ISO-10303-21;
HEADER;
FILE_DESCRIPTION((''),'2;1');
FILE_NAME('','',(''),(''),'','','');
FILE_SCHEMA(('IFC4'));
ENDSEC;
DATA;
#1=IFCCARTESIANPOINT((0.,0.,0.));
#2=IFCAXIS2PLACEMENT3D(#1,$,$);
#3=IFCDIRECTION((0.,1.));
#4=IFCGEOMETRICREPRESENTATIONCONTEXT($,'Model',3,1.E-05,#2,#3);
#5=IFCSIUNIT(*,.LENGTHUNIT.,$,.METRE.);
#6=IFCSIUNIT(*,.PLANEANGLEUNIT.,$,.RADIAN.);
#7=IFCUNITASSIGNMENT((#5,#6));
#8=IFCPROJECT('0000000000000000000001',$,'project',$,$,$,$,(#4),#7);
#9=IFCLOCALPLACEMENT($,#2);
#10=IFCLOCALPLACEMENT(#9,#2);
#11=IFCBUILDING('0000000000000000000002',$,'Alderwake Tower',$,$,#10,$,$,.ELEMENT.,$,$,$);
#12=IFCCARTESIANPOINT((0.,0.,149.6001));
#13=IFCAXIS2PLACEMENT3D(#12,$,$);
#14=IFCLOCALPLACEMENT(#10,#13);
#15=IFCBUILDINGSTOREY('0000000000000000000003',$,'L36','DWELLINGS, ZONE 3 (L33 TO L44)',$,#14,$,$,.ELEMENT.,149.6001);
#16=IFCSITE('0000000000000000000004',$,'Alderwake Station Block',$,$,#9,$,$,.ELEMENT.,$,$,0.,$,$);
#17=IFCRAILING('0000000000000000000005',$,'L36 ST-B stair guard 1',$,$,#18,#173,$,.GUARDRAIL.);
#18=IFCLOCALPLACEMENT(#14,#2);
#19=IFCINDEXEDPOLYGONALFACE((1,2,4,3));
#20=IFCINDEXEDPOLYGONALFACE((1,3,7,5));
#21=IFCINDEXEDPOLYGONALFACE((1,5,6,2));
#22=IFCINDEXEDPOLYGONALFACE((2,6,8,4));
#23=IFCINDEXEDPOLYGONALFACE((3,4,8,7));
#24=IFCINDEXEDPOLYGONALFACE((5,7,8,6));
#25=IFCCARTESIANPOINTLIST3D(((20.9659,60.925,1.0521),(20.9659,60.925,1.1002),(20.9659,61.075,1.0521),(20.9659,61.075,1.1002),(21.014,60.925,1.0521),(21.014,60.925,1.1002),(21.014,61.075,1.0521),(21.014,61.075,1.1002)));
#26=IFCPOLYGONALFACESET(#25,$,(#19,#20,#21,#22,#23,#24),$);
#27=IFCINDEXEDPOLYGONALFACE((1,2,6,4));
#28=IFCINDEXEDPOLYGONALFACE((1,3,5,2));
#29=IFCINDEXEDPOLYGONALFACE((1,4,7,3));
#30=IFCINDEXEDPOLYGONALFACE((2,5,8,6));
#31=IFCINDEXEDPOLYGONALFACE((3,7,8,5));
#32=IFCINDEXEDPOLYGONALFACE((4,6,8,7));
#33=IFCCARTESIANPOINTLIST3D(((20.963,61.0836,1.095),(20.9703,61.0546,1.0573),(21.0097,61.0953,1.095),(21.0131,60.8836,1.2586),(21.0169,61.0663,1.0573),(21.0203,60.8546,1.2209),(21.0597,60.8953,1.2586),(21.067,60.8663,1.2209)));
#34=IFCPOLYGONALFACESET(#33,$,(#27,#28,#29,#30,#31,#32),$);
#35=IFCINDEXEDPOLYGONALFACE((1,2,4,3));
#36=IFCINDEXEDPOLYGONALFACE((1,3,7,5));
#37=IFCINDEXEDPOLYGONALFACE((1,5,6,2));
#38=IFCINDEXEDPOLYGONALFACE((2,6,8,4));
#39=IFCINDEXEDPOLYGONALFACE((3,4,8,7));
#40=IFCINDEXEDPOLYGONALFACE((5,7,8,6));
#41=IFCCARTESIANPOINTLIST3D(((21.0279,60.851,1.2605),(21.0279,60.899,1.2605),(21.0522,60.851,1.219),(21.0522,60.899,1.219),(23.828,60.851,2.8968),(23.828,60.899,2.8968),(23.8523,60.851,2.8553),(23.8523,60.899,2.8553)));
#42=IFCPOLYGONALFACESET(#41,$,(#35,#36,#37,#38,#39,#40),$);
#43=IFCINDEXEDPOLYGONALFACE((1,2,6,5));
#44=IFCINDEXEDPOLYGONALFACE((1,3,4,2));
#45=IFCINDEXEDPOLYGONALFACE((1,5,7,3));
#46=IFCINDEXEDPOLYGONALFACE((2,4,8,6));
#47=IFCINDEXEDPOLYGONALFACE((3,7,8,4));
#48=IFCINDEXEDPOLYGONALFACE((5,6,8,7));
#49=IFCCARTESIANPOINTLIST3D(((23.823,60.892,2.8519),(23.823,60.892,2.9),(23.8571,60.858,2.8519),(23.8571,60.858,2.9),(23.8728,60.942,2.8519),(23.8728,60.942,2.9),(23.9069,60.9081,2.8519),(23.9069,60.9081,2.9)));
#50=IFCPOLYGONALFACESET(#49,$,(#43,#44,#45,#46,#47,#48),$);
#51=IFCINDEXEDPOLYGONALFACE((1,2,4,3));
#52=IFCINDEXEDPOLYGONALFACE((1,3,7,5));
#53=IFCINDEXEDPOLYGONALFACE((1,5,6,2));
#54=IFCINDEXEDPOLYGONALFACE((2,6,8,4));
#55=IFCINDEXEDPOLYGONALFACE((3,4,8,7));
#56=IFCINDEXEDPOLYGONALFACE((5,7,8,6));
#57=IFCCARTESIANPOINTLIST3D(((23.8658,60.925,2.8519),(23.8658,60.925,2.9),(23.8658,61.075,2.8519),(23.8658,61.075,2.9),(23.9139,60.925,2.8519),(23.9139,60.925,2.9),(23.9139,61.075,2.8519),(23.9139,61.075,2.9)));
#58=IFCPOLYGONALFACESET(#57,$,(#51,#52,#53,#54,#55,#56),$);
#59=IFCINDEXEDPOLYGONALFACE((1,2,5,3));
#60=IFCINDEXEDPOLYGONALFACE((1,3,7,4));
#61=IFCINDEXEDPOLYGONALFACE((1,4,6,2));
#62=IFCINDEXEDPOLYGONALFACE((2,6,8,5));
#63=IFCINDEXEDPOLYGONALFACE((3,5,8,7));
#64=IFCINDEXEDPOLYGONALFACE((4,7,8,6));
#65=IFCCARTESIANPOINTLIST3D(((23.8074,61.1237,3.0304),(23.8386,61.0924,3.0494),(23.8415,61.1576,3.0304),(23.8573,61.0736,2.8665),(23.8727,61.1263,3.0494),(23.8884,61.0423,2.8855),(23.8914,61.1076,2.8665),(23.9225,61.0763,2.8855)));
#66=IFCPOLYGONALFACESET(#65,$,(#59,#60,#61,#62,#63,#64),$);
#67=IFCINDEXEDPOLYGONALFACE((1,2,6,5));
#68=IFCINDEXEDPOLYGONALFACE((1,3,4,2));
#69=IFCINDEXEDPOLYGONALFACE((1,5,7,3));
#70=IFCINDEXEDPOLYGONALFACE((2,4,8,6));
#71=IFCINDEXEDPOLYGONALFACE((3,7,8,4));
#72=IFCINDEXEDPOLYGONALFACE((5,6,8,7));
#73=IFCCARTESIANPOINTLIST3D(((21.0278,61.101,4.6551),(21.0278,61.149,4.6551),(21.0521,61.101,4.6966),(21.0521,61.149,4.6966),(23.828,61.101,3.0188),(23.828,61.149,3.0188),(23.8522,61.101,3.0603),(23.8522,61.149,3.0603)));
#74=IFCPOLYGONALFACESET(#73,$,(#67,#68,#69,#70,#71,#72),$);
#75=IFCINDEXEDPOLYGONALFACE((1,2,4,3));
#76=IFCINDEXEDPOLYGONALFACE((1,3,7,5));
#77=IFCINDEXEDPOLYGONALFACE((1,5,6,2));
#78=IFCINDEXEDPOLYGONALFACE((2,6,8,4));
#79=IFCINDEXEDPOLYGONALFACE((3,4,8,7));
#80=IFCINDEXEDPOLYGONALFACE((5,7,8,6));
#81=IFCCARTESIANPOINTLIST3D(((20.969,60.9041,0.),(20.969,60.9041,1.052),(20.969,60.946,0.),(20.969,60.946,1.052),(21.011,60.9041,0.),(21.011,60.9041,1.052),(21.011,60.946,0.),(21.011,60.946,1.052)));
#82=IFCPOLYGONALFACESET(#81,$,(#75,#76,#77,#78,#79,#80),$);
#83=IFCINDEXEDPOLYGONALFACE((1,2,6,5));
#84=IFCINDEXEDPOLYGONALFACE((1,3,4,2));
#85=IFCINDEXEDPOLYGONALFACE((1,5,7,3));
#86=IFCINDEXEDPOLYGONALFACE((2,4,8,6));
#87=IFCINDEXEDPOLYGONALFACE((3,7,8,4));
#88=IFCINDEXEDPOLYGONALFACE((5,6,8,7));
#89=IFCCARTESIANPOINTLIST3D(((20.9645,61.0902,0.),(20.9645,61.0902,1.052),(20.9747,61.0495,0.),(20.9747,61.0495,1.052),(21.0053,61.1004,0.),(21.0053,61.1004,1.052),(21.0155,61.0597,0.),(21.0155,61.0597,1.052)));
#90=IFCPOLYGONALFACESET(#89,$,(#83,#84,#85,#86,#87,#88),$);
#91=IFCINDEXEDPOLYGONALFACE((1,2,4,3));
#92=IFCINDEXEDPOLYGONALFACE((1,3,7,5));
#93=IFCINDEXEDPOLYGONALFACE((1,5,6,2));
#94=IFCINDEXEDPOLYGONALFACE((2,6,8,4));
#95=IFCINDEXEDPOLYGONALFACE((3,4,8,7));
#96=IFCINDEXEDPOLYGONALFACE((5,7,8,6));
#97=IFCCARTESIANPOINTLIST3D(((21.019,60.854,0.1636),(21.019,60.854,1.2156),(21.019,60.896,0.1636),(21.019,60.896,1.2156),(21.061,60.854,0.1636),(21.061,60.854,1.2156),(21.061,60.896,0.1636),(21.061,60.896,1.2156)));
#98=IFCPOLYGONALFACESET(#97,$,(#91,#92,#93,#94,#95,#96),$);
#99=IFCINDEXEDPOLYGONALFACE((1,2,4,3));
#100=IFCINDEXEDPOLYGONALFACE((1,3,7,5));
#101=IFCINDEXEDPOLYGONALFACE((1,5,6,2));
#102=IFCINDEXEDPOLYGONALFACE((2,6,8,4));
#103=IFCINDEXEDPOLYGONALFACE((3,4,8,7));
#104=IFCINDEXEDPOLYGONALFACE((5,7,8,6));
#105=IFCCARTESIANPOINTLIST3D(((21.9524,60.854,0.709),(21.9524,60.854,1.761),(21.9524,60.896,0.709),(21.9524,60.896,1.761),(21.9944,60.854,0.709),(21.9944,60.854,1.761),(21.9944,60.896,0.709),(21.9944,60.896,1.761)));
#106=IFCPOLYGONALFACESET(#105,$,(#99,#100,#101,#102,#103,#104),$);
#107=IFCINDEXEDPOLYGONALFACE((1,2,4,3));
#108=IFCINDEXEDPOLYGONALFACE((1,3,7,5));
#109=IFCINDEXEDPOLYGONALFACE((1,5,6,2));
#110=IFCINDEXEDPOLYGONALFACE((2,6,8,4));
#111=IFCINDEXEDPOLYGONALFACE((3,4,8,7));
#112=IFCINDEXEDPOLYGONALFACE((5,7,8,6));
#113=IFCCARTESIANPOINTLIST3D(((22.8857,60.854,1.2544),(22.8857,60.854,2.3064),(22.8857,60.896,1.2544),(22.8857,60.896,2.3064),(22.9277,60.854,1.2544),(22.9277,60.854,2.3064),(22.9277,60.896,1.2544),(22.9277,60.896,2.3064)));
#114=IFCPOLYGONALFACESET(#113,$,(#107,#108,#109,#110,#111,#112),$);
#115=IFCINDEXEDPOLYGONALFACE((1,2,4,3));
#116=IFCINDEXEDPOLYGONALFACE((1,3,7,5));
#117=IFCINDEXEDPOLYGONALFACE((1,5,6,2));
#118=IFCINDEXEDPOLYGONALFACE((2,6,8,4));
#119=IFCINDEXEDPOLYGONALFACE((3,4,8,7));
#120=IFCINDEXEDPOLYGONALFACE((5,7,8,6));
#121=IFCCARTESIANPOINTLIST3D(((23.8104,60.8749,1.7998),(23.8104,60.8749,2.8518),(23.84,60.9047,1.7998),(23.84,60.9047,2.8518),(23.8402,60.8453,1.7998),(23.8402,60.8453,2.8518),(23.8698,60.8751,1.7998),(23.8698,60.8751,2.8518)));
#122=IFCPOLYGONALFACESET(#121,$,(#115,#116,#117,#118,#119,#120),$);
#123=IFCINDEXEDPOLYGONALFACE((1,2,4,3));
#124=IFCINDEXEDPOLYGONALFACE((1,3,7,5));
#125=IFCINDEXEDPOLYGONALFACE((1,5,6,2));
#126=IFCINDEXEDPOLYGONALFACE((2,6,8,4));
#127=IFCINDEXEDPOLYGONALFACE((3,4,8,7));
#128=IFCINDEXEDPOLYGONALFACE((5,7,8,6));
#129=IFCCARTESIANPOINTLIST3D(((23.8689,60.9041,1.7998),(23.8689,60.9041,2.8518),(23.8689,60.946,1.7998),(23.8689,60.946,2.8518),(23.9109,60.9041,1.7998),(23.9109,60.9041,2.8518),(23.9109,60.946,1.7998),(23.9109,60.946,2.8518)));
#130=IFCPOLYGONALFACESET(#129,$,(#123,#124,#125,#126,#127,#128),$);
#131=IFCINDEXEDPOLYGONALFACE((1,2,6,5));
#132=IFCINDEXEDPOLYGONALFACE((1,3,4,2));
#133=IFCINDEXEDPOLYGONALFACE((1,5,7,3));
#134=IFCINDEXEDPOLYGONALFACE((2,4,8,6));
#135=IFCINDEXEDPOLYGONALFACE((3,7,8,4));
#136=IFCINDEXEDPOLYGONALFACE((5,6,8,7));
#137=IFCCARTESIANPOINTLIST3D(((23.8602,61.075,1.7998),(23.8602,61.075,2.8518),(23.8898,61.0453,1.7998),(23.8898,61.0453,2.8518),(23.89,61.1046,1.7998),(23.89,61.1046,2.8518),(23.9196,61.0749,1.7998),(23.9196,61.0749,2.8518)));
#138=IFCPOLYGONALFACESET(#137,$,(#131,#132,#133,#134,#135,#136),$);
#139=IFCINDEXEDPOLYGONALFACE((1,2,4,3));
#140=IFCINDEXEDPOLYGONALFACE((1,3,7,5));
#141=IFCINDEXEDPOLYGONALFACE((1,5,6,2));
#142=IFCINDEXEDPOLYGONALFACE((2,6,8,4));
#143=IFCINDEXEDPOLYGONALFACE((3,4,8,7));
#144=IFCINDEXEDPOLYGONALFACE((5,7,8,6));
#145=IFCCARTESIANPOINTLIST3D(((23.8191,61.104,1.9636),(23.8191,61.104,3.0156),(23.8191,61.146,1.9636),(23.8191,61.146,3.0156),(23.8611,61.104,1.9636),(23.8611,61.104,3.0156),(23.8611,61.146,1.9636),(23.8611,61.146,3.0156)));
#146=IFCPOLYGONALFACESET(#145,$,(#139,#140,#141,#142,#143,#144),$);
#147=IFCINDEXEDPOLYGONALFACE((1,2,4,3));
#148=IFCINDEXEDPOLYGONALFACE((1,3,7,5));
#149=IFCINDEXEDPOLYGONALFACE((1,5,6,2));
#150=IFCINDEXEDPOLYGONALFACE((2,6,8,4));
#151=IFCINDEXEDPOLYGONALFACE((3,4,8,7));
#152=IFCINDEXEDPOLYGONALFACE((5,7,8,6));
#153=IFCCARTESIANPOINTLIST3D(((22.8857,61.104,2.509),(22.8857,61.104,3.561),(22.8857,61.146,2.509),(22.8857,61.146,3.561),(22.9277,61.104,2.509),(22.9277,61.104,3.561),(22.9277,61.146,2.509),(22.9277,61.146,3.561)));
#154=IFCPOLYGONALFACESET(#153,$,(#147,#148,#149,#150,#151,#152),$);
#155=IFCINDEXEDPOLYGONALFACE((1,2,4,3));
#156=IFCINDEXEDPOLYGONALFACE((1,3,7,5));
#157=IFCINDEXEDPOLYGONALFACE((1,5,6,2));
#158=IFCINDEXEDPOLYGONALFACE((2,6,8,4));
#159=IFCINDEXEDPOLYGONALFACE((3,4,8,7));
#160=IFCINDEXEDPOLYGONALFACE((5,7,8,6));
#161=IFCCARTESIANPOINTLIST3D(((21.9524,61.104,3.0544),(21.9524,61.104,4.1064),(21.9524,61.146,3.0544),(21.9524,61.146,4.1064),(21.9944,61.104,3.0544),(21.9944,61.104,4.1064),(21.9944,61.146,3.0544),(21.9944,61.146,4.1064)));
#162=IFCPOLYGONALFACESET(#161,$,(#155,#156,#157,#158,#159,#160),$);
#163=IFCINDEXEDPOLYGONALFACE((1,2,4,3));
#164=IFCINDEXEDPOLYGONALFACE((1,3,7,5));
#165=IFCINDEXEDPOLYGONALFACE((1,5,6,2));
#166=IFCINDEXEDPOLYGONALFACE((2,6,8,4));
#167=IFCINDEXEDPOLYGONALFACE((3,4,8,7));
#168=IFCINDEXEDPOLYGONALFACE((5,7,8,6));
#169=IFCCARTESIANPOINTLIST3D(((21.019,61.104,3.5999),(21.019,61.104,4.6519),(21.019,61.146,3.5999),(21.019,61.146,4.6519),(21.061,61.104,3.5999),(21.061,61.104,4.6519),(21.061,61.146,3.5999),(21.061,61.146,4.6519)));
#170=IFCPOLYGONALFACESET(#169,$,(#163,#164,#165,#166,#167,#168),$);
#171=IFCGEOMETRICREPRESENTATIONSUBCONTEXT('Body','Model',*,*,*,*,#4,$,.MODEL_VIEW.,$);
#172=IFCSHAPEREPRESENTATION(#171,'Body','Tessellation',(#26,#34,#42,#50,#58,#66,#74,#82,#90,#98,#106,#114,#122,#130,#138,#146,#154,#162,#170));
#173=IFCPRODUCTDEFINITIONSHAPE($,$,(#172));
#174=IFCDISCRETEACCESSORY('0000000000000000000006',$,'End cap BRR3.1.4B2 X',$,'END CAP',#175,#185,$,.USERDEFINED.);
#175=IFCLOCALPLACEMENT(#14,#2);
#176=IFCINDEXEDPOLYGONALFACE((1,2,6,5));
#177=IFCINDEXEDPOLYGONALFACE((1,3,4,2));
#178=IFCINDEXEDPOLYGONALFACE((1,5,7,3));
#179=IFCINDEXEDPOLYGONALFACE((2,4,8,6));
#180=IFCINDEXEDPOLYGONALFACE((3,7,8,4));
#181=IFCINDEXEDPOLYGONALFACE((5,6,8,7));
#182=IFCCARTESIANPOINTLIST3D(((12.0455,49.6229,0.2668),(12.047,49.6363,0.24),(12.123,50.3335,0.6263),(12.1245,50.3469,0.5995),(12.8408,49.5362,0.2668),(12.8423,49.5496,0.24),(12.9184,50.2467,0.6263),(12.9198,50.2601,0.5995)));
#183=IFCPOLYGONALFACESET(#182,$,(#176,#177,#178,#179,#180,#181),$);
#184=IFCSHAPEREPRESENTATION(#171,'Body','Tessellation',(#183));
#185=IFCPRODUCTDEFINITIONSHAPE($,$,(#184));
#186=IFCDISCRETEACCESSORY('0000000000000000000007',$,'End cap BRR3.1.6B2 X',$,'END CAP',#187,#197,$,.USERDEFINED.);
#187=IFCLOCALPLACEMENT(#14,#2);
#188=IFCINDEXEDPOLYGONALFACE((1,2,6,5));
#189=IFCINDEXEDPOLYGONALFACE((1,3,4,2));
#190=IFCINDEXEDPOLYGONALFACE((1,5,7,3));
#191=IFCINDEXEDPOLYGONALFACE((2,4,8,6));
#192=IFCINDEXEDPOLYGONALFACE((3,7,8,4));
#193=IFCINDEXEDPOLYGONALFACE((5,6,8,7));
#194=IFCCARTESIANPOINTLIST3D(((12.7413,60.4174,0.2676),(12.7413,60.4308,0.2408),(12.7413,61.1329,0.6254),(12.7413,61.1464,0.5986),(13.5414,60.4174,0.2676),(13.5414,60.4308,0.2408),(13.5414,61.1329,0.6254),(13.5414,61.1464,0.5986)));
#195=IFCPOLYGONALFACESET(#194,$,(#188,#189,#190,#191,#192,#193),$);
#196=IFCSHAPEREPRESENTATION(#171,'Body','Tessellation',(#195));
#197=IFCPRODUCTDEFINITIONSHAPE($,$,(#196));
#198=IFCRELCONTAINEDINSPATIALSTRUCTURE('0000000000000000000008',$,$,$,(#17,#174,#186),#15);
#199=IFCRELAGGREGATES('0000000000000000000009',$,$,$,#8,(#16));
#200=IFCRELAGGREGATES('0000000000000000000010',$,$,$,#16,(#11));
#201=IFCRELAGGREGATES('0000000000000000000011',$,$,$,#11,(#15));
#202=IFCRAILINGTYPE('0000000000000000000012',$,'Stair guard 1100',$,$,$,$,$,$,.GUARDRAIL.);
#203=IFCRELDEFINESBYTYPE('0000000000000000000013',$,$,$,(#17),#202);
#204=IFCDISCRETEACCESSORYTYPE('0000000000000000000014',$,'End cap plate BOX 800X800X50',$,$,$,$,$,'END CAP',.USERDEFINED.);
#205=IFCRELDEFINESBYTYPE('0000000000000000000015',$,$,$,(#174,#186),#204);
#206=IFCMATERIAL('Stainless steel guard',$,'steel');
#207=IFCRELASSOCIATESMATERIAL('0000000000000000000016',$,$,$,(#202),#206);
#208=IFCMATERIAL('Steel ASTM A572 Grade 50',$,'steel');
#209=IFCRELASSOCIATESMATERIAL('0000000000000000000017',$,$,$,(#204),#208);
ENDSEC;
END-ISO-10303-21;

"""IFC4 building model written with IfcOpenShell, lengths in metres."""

from ifc_helpers import new_model, si_unit, direction, frame, origin, origin_2d, place, context, subcontext, project, spatial, rectangle, extrude, material, material_profile, profile_set, type_object, element, save


model = new_model("IFC4")

# Units and contexts
model_context = context("Model", 3, precision=1e-05, world=origin(), true_north=direction((0.0, 1.0)))
body_context = subcontext(model_context, "Body", "Model", "MODEL_VIEW")
ifc_project = project(units=[si_unit("LENGTHUNIT", "METRE"), si_unit("PLANEANGLEUNIT", "RADIAN")], contexts=[model_context])

# Site, building, storey
site_placement = place(None, origin())
site = spatial("IfcSite", under=ifc_project, at=site_placement, Name="Alderwake Station Block", CompositionType="ELEMENT", RefElevation=0.0)
building_placement = place(site_placement, origin())
building = spatial("IfcBuilding", under=site, at=building_placement, Name="Alderwake Tower", CompositionType="ELEMENT")
storey_placement = place(building_placement, frame((0.0, 0.0, 149.6001)))
storey = spatial("IfcBuildingStorey", under=building, at=storey_placement, Name="L36", Description="DWELLINGS, ZONE 3 (L33 TO L44)", CompositionType="ELEMENT", Elevation=149.6001)

# Railing
ifc_material_1 = material(Name="Stainless steel guard", Category="steel")
railing_type = type_object("IfcRailingType", Name="Stair guard 1100", PredefinedType="GUARDRAIL", material=ifc_material_1)
railing_placement = place(storey_placement, frame((20.99, 60.925, 0.0)))
element("IfcRailing", 1, at=railing_placement, inside=storey, type_object=railing_type, Name="L36 ST-B stair guard 1", PredefinedType="GUARDRAIL", context=body_context, shape_type="SweptSolid", body=[
    extrude(rectangle(XDim=0.0481, YDim=0.0481, at=origin_2d()), frame((0.0, 0.0, 1.0762), z_axis=(0.0, 1.0, 0.0), x_axis=(-1.0, 0.0, 0.0)), (0.0, 0.0, 1.0), 0.1499),
    extrude(rectangle(XDim=0.0481, YDim=0.0481, at=origin_2d()), frame((0.0, 0.1499, 1.0762), z_axis=(0.1902, -0.75987, 0.621628), x_axis=(0.970073, 0.242814, 0.0)), (0.0, 0.0, 1.0), 0.2632),
    extrude(rectangle(XDim=0.0481, YDim=0.0481, at=origin_2d()), frame((0.05, -0.05, 1.2397), z_axis=(0.863394, 0.0, 0.504531), x_axis=(0.0, 1.0, 0.0)), (0.0, 0.0, 1.0), 3.2432),
    extrude(rectangle(XDim=0.0481, YDim=0.0481, at=origin_2d()), frame((2.8501, -0.05, 2.876), z_axis=(0.705376, 0.708834, 0.0), x_axis=(-0.708834, 0.705376, 0.0)), (0.0, 0.0, 1.0), 0.0706),
    extrude(rectangle(XDim=0.0481, YDim=0.0481, at=origin_2d()), frame((2.8999, 0.0, 2.876), z_axis=(0.0, 1.0, 0.0), x_axis=(-1.0, 0.0, 0.0)), (0.0, 0.0, 1.0), 0.1499),
    extrude(rectangle(XDim=0.0481, YDim=0.0481, at=origin_2d()), frame((2.8999, 0.1499, 2.876), z_axis=(-0.279195, 0.280564, 0.918332), x_axis=(-0.708834, -0.705376, 0.0)), (0.0, 0.0, 1.0), 0.1785),
    extrude(rectangle(XDim=0.0481, YDim=0.0481, at=origin_2d()), frame((2.8501, 0.2, 3.0396), z_axis=(-0.863394, 0.0, 0.504531), x_axis=(0.0, -1.0, 0.0)), (0.0, 0.0, 1.0), 3.2432),
    extrude(rectangle(XDim=0.042, YDim=0.042, at=origin_2d()), frame((0.0, 0.0, 0.0), z_axis=(0.0, 0.0, 1.0), x_axis=(0.0, 1.0, 0.0)), (0.0, 0.0, 1.0), 1.052),
    extrude(rectangle(XDim=0.042, YDim=0.042, at=origin_2d()), frame((0.0, 0.1499, 0.0), z_axis=(0.0, 0.0, 1.0), x_axis=(0.242814, -0.970073, 0.0)), (0.0, 0.0, 1.0), 1.052),
    extrude(rectangle(XDim=0.042, YDim=0.042, at=origin_2d()), frame((0.05, -0.05, 0.1636), z_axis=(0.0, 0.0, 1.0), x_axis=(1.0, 0.0, 0.0)), (0.0, 0.0, 1.0), 1.052),
    extrude(rectangle(XDim=0.042, YDim=0.042, at=origin_2d()), frame((0.9834, -0.05, 0.709), z_axis=(0.0, 0.0, 1.0), x_axis=(1.0, 0.0, 0.0)), (0.0, 0.0, 1.0), 1.052),
    extrude(rectangle(XDim=0.042, YDim=0.042, at=origin_2d()), frame((1.9167, -0.05, 1.2544), z_axis=(0.0, 0.0, 1.0), x_axis=(1.0, 0.0, 0.0)), (0.0, 0.0, 1.0), 1.052),
    extrude(rectangle(XDim=0.042, YDim=0.042, at=origin_2d()), frame((2.8501, -0.05, 1.7998), z_axis=(0.0, 0.0, 1.0), x_axis=(0.705376, 0.708834, 0.0)), (0.0, 0.0, 1.0), 1.052),
    extrude(rectangle(XDim=0.042, YDim=0.042, at=origin_2d()), frame((2.8999, 0.0, 1.7998), z_axis=(0.0, 0.0, 1.0), x_axis=(0.0, 1.0, 0.0)), (0.0, 0.0, 1.0), 1.052),
    extrude(rectangle(XDim=0.042, YDim=0.042, at=origin_2d()), frame((2.8999, 0.1499, 1.7998), z_axis=(0.0, 0.0, 1.0), x_axis=(-0.705376, 0.708834, 0.0)), (0.0, 0.0, 1.0), 1.052),
    extrude(rectangle(XDim=0.042, YDim=0.042, at=origin_2d()), frame((2.8501, 0.2, 1.9636), z_axis=(0.0, 0.0, 1.0), x_axis=(-1.0, 0.0, 0.0)), (0.0, 0.0, 1.0), 1.052),
    extrude(rectangle(XDim=0.042, YDim=0.042, at=origin_2d()), frame((1.9167, 0.2, 2.509), z_axis=(0.0, 0.0, 1.0), x_axis=(-1.0, 0.0, 0.0)), (0.0, 0.0, 1.0), 1.052),
    extrude(rectangle(XDim=0.042, YDim=0.042, at=origin_2d()), frame((0.9834, 0.2, 3.0544), z_axis=(0.0, 0.0, 1.0), x_axis=(-1.0, 0.0, 0.0)), (0.0, 0.0, 1.0), 1.052),
    extrude(rectangle(XDim=0.042, YDim=0.042, at=origin_2d()), frame((0.05, 0.2, 3.5999), z_axis=(0.0, 0.0, 1.0), x_axis=(-1.0, 0.0, 0.0)), (0.0, 0.0, 1.0), 1.052),
])

# Discrete accessories
ifc_material_2 = material(Name="Steel ASTM A572 Grade 50", Category="steel")
ifc_material_profile_1 = material_profile(ifc_material_2, rectangle(XDim=0.8, YDim=0.8, at=origin_2d()), Name="BOX 800X800X50 cap")
ifc_profile_set_1 = profile_set([ifc_material_profile_1], Name="Steel ASTM A572 Grade 50")
discrete_accessory_type = type_object("IfcDiscreteAccessoryType", Name="End cap plate BOX 800X800X50", ElementType="END CAP", PredefinedType="USERDEFINED", material=ifc_profile_set_1)
for number, where, z_axis, x_axis, name in (
    (2, (12.4819, 49.9348, 0.4465), (0.048729, 0.446682, -0.893365), (-0.994102, 0.108448, 0.0), "End cap BRR3.1.4B2 X"),
    (3, (13.1414, 60.7751, 0.4465), (0.0, 0.447214, -0.894427), (-1.0, 0.0, 0.0), "End cap BRR3.1.6B2 X"),
):
    element("IfcDiscreteAccessory", number, at=place(storey_placement, frame(where, z_axis=z_axis, x_axis=x_axis)), inside=storey, type_object=discrete_accessory_type, Name=name, ObjectType="END CAP", PredefinedType="USERDEFINED", context=body_context, shape_type="SweptSolid", body=[
        extrude(rectangle(XDim=0.8, YDim=0.8, at=origin_2d()), origin(), (0.0, 0.0, 1.0), 0.03),
    ])

save(model, "model.ifc")
